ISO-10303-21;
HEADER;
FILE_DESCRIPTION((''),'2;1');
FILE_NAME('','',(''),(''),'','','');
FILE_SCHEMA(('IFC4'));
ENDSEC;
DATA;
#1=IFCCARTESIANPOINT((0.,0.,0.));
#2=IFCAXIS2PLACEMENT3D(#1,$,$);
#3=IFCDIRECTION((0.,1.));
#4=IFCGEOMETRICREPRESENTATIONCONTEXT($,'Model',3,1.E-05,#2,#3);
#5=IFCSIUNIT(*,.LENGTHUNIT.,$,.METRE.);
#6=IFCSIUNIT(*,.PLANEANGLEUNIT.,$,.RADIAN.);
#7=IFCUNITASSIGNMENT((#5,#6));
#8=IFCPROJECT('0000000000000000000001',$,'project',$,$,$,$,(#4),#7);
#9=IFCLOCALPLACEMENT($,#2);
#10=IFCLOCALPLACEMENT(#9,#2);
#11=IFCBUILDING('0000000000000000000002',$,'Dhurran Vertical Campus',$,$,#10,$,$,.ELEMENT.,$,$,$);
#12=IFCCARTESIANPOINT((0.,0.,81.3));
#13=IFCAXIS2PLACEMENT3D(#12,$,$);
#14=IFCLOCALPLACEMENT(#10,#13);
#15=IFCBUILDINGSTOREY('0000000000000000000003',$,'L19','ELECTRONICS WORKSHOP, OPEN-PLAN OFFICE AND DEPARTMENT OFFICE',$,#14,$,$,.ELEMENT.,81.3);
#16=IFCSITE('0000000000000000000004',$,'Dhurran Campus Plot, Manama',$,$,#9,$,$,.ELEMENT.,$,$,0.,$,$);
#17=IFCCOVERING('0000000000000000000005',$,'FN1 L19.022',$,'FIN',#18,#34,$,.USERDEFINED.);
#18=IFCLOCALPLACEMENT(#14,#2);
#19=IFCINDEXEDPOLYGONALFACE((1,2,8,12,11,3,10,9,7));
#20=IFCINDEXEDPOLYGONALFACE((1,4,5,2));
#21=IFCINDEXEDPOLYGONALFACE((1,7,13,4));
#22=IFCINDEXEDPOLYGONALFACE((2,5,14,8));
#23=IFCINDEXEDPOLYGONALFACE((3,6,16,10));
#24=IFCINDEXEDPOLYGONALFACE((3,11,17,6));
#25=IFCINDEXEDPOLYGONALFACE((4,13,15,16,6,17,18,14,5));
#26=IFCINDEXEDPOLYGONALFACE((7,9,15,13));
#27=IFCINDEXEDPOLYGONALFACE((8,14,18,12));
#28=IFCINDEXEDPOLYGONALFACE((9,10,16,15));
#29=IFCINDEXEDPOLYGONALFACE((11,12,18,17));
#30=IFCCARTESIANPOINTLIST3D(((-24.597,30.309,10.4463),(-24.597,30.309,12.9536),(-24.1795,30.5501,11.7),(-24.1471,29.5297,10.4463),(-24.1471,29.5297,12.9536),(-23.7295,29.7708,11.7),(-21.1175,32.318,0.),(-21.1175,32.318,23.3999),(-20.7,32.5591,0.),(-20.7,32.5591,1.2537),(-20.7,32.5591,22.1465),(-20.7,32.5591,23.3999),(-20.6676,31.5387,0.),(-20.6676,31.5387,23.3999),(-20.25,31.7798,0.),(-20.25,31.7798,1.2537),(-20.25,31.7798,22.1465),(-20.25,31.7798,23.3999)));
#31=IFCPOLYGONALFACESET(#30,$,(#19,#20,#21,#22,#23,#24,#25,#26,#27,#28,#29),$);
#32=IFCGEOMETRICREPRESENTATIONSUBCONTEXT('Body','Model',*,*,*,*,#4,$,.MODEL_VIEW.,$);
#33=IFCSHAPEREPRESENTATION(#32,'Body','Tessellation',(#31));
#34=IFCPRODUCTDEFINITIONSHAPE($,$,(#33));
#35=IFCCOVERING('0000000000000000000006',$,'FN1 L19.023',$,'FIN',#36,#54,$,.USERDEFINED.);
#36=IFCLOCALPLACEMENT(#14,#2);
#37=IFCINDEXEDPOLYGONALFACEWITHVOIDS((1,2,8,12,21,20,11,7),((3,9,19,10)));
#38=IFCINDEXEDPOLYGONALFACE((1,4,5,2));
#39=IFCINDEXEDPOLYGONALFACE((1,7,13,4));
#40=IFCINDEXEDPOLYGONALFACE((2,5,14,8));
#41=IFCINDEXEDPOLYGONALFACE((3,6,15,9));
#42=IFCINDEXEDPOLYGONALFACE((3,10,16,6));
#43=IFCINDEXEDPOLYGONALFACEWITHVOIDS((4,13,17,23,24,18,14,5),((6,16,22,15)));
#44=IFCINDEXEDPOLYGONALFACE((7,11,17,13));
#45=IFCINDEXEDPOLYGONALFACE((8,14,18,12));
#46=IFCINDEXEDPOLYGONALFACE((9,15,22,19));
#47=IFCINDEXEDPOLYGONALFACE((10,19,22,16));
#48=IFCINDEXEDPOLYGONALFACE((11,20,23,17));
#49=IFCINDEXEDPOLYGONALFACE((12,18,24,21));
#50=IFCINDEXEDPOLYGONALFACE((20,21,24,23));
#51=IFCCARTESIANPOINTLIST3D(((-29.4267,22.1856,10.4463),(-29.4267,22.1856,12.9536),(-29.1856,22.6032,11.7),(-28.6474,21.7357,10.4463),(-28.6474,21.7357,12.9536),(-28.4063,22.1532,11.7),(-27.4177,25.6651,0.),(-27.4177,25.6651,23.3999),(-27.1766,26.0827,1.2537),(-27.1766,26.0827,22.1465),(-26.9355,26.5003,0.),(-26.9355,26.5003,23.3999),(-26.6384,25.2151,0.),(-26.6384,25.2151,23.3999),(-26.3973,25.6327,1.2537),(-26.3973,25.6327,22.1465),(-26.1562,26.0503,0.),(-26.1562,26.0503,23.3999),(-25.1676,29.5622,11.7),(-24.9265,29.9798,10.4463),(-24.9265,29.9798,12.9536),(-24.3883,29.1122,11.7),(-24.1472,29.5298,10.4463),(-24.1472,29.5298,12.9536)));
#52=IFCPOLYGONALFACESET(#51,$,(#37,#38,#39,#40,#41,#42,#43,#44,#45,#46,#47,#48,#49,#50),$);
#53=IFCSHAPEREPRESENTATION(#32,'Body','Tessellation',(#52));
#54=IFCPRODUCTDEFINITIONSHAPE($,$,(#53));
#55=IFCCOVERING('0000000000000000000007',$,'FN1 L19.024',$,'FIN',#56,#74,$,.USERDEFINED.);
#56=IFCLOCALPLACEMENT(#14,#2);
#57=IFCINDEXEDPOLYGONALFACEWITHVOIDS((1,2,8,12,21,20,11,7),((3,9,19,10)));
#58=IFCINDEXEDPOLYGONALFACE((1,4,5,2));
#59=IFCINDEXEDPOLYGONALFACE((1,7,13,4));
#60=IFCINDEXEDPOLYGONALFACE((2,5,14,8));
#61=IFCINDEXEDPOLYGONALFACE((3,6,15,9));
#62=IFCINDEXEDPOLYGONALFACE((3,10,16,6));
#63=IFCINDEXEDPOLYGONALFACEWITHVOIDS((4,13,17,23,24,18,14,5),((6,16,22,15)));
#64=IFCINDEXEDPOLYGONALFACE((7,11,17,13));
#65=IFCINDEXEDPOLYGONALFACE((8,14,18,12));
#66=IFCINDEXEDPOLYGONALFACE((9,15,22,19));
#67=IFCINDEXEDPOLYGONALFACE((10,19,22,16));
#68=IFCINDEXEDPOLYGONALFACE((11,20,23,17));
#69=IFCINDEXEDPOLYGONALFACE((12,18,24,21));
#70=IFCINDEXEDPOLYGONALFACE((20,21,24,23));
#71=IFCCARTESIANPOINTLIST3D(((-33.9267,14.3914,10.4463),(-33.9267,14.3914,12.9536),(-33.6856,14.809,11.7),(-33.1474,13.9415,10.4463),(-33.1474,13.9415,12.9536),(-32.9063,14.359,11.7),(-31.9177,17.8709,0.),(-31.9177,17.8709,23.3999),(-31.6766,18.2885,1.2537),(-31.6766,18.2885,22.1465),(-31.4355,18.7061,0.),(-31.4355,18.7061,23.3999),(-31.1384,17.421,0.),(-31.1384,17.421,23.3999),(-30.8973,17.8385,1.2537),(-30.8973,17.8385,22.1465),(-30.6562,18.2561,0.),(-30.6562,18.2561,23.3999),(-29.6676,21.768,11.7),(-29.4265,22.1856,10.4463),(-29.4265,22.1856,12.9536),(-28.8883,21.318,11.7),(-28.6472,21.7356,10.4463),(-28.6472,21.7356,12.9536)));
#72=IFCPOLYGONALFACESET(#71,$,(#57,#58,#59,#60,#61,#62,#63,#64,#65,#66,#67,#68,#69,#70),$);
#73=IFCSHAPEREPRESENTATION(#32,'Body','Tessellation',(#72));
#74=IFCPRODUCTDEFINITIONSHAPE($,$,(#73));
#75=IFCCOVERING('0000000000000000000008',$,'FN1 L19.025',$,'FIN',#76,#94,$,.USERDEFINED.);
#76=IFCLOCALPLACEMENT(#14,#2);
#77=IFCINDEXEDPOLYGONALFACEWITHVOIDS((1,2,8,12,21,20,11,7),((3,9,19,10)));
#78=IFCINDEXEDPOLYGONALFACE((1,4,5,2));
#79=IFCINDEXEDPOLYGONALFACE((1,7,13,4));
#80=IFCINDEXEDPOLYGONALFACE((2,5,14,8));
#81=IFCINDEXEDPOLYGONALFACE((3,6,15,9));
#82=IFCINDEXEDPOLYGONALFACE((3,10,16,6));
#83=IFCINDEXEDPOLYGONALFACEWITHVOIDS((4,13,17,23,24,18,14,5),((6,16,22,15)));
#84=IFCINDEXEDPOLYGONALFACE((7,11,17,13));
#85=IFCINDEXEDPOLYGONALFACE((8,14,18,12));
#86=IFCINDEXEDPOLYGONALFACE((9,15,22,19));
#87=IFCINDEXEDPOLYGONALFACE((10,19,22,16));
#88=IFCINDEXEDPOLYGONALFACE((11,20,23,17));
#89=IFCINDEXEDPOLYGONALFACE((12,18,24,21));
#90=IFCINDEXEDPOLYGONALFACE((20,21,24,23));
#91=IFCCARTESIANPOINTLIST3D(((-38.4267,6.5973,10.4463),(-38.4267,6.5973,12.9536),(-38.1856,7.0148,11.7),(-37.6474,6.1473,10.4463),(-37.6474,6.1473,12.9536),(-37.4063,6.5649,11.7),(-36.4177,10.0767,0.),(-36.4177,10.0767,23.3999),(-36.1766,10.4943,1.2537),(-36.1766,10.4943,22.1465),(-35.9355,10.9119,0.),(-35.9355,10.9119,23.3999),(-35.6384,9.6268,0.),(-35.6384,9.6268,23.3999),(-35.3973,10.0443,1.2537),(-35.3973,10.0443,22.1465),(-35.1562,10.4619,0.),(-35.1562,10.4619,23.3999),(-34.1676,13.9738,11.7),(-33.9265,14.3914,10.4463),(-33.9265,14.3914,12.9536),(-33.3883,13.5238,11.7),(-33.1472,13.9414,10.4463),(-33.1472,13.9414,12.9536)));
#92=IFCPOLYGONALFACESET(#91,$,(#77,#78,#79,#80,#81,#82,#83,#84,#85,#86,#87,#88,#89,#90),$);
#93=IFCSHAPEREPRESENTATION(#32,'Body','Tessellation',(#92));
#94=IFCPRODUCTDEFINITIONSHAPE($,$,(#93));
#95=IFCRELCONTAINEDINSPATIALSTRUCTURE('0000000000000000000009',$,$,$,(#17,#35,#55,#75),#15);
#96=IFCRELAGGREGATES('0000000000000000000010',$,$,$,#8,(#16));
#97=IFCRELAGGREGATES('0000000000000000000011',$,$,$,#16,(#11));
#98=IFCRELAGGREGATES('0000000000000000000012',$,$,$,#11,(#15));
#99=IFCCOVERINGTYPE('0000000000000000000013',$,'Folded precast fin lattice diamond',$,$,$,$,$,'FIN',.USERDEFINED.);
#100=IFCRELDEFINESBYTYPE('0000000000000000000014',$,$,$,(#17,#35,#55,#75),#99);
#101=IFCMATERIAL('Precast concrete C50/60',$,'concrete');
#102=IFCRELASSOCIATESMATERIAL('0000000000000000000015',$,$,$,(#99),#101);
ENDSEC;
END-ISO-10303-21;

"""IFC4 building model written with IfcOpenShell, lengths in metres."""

from ifc_helpers import new_model, si_unit, direction, frame, origin, place, context, subcontext, project, spatial, polyline, outline, extrude, material, type_object, element, save


model = new_model("IFC4")

# Units and contexts
model_context = context("Model", 3, precision=1e-05, world=origin(), true_north=direction((0.0, 1.0)))
body_context = subcontext(model_context, "Body", "Model", "MODEL_VIEW")
ifc_project = project(units=[si_unit("LENGTHUNIT", "METRE"), si_unit("PLANEANGLEUNIT", "RADIAN")], contexts=[model_context])

# Site, building, storey
site_placement = place(None, origin())
site = spatial("IfcSite", under=ifc_project, at=site_placement, Name="Dhurran Campus Plot, Manama", CompositionType="ELEMENT", RefElevation=0.0)
building_placement = place(site_placement, origin())
building = spatial("IfcBuilding", under=site, at=building_placement, Name="Dhurran Vertical Campus", CompositionType="ELEMENT")
storey_placement = place(building_placement, frame((0.0, 0.0, 81.3)))
storey = spatial("IfcBuildingStorey", under=building, at=storey_placement, Name="L19", Description="ELECTRONICS WORKSHOP, OPEN-PLAN OFFICE AND DEPARTMENT OFFICE", CompositionType="ELEMENT", Elevation=81.3)

# Coverings
ifc_material_1 = material(Name="Precast concrete C50/60", Category="concrete")
covering_type = type_object("IfcCoveringType", Name="Folded precast fin lattice diamond", ElementType="FIN", PredefinedType="USERDEFINED", material=ifc_material_1)
covering_1_placement = place(storey_placement, frame((-20.25, 31.7798, 0.0), z_axis=(-0.50002, 0.866014, 0.0), x_axis=(-0.866014, -0.50002, 0.0)))
element("IfcCovering", 1, at=covering_1_placement, inside=storey, type_object=covering_type, Name="FN1 L19.022", ObjectType="FIN", PredefinedType="USERDEFINED", context=body_context, shape_type="SweptSolid", body=[
    extrude(outline(polyline([(4.5, 10.4463), (0.4822, 0.0), (0.0, 0.0), (0.0, 1.2537), (4.0178, 11.7), (0.0, 22.1465), (0.0, 23.3999), (0.4822, 23.3999), (4.5, 12.9536), (4.5, 10.4463)])), origin(), (0.0, 0.0, 1.0), 0.8999),
])
for number, where, z_axis, x_axis, name in (
    (2, (-24.1472, 29.5298, 0.0), (-0.866014, 0.50002, 0.0), (-0.50002, -0.866014, 0.0), "FN1 L19.023"),
    (3, (-28.6472, 21.7356, 0.0), (-0.866014, 0.50002, 0.0), (-0.50002, -0.866014, 0.0), "FN1 L19.024"),
    (4, (-33.1472, 13.9414, 0.0), (-0.866014, 0.50002, 0.0), (-0.50002, -0.866014, 0.0), "FN1 L19.025"),
):
    element("IfcCovering", number, at=place(storey_placement, frame(where, z_axis=z_axis, x_axis=x_axis)), inside=storey, type_object=covering_type, Name=name, ObjectType="FIN", PredefinedType="USERDEFINED", context=body_context, shape_type="SweptSolid", body=[
        extrude(outline(polyline([(9.0, 12.9536), (9.0, 10.4463), (4.9822, 0.0), (4.0178, 0.0), (0.0, 10.4463), (0.0, 12.9536), (4.0178, 23.3999), (4.9822, 23.3999), (9.0, 12.9536)]), holes=[polyline([(8.5178, 11.7), (4.5, 22.1465), (0.4822, 11.7), (4.5, 1.2537), (8.5178, 11.7)])]), origin(), (0.0, 0.0, 1.0), 0.8999),
    ])

save(model, "model.ifc")
